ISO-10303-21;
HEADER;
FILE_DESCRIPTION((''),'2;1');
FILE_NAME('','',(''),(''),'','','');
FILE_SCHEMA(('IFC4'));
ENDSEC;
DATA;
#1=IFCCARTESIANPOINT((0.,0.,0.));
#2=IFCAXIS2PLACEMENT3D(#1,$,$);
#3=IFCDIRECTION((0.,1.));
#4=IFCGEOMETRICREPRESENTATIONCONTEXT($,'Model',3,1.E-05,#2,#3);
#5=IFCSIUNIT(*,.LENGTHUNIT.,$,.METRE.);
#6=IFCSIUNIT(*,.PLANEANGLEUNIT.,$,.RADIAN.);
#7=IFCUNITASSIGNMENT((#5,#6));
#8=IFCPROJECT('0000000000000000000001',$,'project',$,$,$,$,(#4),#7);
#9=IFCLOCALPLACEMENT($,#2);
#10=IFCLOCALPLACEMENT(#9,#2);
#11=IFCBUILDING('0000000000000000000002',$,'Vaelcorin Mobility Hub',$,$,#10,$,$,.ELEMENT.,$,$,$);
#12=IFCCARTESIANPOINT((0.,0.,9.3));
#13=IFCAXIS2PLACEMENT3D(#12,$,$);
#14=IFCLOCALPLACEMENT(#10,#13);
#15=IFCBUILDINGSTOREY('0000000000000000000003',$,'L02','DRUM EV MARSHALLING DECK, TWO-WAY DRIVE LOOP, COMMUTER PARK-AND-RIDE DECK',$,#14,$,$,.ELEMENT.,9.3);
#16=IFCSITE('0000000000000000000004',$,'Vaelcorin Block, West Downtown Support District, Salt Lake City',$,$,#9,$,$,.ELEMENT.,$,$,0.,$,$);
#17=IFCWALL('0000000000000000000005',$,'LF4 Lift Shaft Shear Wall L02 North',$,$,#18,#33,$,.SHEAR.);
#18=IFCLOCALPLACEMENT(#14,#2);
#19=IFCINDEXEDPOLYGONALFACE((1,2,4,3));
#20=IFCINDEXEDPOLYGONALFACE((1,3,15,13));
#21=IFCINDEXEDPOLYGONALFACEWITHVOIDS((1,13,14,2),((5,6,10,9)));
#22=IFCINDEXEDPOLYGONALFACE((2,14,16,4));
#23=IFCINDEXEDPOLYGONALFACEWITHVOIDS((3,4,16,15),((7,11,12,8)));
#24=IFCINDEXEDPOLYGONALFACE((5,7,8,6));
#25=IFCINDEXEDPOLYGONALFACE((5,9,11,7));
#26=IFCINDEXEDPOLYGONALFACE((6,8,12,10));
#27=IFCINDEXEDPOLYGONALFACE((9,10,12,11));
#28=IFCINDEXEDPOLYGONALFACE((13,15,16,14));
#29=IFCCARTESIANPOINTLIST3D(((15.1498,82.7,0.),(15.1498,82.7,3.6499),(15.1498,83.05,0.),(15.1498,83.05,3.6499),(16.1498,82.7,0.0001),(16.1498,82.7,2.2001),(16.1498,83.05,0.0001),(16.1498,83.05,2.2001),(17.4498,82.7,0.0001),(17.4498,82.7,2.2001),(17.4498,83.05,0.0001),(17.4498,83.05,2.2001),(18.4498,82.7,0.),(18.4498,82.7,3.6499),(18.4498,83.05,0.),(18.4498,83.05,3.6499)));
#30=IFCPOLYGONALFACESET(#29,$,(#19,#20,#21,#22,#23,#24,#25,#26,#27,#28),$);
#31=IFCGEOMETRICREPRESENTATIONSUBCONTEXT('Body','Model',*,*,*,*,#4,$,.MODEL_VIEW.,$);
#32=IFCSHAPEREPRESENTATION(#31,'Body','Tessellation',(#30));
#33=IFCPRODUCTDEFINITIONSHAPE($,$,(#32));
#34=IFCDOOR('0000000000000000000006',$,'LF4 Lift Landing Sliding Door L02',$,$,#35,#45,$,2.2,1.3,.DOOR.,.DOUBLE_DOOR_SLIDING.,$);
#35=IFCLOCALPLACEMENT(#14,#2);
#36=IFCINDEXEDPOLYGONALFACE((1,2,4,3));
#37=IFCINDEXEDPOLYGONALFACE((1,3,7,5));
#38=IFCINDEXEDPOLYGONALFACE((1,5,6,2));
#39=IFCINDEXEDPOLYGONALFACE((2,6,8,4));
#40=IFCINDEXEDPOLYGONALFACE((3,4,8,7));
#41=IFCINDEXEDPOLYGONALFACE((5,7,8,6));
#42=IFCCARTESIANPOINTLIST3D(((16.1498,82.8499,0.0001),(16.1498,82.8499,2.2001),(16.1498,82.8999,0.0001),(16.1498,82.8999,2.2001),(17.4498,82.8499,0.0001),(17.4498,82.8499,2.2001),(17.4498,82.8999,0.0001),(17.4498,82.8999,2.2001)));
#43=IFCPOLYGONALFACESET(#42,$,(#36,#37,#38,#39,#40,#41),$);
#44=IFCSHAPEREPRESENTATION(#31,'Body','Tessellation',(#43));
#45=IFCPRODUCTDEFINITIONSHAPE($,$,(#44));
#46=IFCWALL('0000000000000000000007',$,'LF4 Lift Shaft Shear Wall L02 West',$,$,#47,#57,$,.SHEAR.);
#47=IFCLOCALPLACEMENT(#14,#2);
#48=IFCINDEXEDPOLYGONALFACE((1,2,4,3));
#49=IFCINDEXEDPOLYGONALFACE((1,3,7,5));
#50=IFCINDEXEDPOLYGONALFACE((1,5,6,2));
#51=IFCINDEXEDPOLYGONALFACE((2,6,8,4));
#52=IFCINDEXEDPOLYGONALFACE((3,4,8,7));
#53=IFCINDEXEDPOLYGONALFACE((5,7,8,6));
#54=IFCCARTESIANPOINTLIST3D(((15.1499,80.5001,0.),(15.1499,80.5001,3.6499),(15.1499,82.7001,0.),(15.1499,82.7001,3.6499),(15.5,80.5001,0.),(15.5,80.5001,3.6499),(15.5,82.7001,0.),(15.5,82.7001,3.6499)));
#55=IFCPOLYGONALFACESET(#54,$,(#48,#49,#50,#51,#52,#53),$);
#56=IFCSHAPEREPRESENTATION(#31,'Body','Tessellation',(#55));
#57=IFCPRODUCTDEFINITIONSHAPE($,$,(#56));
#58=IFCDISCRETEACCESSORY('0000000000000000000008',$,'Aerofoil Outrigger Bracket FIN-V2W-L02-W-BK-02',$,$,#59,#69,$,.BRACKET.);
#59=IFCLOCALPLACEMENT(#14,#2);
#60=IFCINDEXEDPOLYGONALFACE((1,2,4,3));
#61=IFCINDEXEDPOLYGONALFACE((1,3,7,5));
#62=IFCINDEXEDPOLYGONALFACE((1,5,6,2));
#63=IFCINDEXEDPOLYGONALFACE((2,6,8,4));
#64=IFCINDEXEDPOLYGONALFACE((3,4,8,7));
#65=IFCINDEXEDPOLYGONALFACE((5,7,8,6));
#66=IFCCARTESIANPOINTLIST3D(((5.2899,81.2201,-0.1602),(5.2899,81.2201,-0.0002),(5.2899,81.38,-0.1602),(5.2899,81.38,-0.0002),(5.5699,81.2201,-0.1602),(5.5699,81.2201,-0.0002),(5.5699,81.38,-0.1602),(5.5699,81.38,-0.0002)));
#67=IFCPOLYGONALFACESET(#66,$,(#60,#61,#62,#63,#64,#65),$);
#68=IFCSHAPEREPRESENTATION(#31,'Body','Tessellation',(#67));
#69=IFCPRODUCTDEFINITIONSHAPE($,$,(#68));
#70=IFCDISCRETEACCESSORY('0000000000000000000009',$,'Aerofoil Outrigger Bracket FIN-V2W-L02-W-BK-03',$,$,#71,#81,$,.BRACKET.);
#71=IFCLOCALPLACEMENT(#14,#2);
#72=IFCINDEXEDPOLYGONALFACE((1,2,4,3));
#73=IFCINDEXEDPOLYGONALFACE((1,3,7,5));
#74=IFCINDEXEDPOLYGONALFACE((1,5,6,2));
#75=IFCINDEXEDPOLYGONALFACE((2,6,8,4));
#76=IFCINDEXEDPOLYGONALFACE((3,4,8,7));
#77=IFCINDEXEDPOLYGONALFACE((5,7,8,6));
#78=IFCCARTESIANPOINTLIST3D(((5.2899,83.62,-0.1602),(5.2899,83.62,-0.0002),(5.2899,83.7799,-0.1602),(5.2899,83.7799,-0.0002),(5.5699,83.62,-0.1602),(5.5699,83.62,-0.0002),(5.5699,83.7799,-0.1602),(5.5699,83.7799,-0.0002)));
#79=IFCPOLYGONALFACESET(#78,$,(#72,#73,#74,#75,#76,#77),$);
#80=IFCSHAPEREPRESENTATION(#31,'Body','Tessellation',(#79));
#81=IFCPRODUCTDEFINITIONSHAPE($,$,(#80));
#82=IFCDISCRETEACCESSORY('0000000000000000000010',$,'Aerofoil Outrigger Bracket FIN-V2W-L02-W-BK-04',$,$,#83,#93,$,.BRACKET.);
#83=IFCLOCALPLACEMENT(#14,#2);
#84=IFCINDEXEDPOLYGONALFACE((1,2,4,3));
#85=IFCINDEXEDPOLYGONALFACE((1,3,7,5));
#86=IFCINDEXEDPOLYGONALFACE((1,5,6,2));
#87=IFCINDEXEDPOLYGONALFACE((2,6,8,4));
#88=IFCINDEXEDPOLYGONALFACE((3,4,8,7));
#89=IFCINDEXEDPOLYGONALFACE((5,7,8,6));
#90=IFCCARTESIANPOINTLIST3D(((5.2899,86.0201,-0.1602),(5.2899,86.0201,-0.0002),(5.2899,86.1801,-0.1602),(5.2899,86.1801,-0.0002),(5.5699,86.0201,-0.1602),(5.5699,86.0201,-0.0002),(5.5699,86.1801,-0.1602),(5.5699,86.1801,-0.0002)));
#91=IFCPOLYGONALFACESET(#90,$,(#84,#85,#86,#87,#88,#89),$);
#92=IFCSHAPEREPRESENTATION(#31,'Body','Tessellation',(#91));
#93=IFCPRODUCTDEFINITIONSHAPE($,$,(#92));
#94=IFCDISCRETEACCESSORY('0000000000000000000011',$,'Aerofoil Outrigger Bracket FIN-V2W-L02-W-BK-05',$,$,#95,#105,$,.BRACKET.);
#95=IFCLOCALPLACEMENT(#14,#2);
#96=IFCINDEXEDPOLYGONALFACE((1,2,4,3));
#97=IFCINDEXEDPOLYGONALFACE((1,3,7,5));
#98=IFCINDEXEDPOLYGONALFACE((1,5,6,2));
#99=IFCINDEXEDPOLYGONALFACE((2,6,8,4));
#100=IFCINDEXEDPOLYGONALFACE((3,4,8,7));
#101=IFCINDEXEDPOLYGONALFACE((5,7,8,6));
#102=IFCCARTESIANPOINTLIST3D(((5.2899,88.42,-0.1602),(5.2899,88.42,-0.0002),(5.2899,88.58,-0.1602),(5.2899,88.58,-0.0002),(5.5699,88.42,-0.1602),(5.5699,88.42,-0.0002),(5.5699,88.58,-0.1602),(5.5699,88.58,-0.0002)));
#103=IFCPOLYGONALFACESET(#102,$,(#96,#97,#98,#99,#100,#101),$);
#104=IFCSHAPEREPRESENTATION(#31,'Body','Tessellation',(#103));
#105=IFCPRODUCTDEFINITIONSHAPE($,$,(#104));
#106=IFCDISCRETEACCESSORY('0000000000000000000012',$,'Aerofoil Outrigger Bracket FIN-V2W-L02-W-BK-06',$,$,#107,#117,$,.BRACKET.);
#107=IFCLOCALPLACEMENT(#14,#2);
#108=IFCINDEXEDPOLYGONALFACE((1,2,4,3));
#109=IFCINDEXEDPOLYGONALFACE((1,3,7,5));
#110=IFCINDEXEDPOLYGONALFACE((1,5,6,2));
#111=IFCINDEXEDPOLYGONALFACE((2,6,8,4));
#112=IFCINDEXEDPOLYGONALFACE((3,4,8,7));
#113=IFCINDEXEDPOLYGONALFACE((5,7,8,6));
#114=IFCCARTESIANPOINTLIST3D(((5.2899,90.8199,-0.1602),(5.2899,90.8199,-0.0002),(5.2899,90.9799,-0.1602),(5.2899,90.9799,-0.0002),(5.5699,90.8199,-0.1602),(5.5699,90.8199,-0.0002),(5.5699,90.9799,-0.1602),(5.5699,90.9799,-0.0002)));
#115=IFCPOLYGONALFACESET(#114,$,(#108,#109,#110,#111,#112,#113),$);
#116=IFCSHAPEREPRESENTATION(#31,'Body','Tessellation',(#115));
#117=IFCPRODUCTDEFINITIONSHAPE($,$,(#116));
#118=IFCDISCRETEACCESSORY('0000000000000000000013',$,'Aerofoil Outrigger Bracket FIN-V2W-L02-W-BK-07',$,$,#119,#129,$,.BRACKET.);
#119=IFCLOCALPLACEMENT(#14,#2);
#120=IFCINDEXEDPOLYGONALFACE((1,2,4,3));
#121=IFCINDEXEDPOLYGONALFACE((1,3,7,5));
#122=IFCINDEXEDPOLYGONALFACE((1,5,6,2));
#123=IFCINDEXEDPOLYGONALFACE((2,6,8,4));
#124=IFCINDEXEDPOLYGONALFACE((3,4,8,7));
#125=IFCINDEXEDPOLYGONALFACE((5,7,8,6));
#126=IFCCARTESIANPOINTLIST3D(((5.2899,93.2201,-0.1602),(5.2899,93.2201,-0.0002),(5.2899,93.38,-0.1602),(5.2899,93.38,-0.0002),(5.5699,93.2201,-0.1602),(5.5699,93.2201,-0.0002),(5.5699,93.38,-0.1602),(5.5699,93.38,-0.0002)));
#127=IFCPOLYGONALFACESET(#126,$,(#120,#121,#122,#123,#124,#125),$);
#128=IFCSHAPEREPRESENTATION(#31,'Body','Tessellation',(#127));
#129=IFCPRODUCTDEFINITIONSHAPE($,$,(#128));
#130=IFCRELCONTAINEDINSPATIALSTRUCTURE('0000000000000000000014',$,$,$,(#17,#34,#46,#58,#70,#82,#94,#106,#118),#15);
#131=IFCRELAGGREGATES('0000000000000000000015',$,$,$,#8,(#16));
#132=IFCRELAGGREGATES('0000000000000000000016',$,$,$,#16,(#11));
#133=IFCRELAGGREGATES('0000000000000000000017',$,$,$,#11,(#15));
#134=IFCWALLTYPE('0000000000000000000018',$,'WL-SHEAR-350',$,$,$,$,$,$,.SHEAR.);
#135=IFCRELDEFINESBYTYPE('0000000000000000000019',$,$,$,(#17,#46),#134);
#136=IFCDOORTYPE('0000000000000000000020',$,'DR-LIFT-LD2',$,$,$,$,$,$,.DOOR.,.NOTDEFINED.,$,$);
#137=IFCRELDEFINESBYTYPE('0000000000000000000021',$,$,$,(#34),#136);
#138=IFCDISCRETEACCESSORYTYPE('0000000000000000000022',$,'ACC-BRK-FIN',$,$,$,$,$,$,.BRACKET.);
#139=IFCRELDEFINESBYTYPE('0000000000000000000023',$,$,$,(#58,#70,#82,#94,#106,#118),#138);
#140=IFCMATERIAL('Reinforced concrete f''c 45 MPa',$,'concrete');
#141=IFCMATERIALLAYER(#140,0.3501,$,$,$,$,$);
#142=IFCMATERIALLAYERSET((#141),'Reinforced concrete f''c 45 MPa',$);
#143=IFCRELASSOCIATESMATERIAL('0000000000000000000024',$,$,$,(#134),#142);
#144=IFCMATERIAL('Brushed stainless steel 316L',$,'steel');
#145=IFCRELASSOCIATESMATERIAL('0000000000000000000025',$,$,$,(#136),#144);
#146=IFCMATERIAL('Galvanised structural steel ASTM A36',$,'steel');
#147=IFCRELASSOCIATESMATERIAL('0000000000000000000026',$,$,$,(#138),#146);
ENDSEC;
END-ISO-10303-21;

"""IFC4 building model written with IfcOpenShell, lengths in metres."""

from ifc_helpers import new_model, si_unit, direction, frame, frame_2d, origin, origin_2d, place, context, subcontext, project, spatial, rectangle, extrude, material, layer, layer_set, type_object, element, fill, save


model = new_model("IFC4")

# Units and contexts
model_context = context("Model", 3, precision=1e-05, world=origin(), true_north=direction((0.0, 1.0)))
body_context = subcontext(model_context, "Body", "Model", "MODEL_VIEW")
ifc_project = project(units=[si_unit("LENGTHUNIT", "METRE"), si_unit("PLANEANGLEUNIT", "RADIAN")], contexts=[model_context])

# Site, building, storey
site_placement = place(None, origin())
site = spatial("IfcSite", under=ifc_project, at=site_placement, Name="Vaelcorin Block, West Downtown Support District, Salt Lake City", CompositionType="ELEMENT", RefElevation=0.0)
building_placement = place(site_placement, origin())
building = spatial("IfcBuilding", under=site, at=building_placement, Name="Vaelcorin Mobility Hub", CompositionType="ELEMENT")
storey_placement = place(building_placement, frame((0.0, 0.0, 9.3)))
storey = spatial("IfcBuildingStorey", under=building, at=storey_placement, Name="L02", Description="DRUM EV MARSHALLING DECK, TWO-WAY DRIVE LOOP, COMMUTER PARK-AND-RIDE DECK", CompositionType="ELEMENT", Elevation=9.3)

# Wall, opening, door
ifc_material_1 = material(Name="Reinforced concrete f'c 45 MPa", Category="concrete")
ifc_layer_1 = layer(ifc_material_1, 0.3501)
ifc_layer_set_1 = layer_set([ifc_layer_1], Name="Reinforced concrete f'c 45 MPa")
wall_type_1 = type_object("IfcWallType", Name="WL-SHEAR-350", PredefinedType="SHEAR", material=ifc_layer_set_1)
wall_1_placement = place(storey_placement, frame((15.1499, 82.875, 0.0), z_axis=(0.0, 0.0, 1.0), x_axis=(1.0, 0.0, 0.0)))
wall_1 = element("IfcWall", 1, at=wall_1_placement, inside=storey, type_object=wall_type_1, Name="LF4 Lift Shaft Shear Wall L02 North", PredefinedType="SHEAR", context=body_context, shape_type="SweptSolid", body=[
    extrude(rectangle(XDim=3.3, YDim=0.3501, at=frame_2d((1.6499, 0.0))), origin(), (0.0, 0.0, 1.0), 3.6499),
])
opening_1_placement = place(wall_1_placement, frame((1.0, 0.0, 0.0)))
opening_1 = element("IfcOpeningElement", 2, at=opening_1_placement, cuts=wall_1, PredefinedType="OPENING", context=body_context, shape_type="SweptSolid", body=[
    extrude(rectangle(XDim=1.3, YDim=2.2, at=frame_2d((0.6499, 1.1001))), frame((0.0, 0.1851, 0.0), z_axis=(0.0, -1.0, 0.0), x_axis=(1.0, 0.0, 0.0)), (0.0, 0.0, 1.0), 0.3701),
])
ifc_material_2 = material(Name="Brushed stainless steel 316L", Category="steel")
door_type_1 = type_object("IfcDoorType", Name="DR-LIFT-LD2", OperationType="NOTDEFINED", PredefinedType="DOOR", material=ifc_material_2)
door_1_placement = place(opening_1_placement, origin())
door_1 = element("IfcDoor", 3, at=door_1_placement, inside=storey, type_object=door_type_1, Name="LF4 Lift Landing Sliding Door L02", OperationType="DOUBLE_DOOR_SLIDING", OverallHeight=2.2, OverallWidth=1.3, PredefinedType="DOOR", context=body_context, shape_type="SweptSolid", body=[
    extrude(rectangle(XDim=1.3, YDim=2.2, at=frame_2d((0.6499, 1.1001))), frame((0.0, 0.0249, 0.0), z_axis=(0.0, -1.0, 0.0), x_axis=(1.0, 0.0, 0.0)), (0.0, 0.0, 1.0), 0.05),
])
fill(opening_1, door_1)

# Wall
wall_2_placement = place(storey_placement, frame((15.325, 80.5, 0.0), z_axis=(0.0, 0.0, 1.0), x_axis=(0.0, 1.0, 0.0)))
element("IfcWall", 4, at=wall_2_placement, inside=storey, type_object=wall_type_1, Name="LF4 Lift Shaft Shear Wall L02 West", PredefinedType="SHEAR", context=body_context, shape_type="SweptSolid", body=[
    extrude(rectangle(XDim=2.2, YDim=0.3501, at=frame_2d((1.1001, 0.0))), origin(), (0.0, 0.0, 1.0), 3.6499),
])

# Discrete accessories
ifc_material_3 = material(Name="Galvanised structural steel ASTM A36", Category="steel")
discrete_accessory_type = type_object("IfcDiscreteAccessoryType", Name="ACC-BRK-FIN", PredefinedType="BRACKET", material=ifc_material_3)
for number, where, z_axis, x_axis, name in (
    (5, (5.4299, 81.3, -0.1602), (0.0, 0.0, 1.0), (-1.0, 0.0, 0.0), "Aerofoil Outrigger Bracket FIN-V2W-L02-W-BK-02"),
    (6, (5.4299, 83.7, -0.1602), (0.0, 0.0, 1.0), (-1.0, 0.0, 0.0), "Aerofoil Outrigger Bracket FIN-V2W-L02-W-BK-03"),
    (7, (5.4299, 86.1001, -0.1602), (0.0, 0.0, 1.0), (-1.0, 0.0, 0.0), "Aerofoil Outrigger Bracket FIN-V2W-L02-W-BK-04"),
    (8, (5.4299, 88.5, -0.1602), (0.0, 0.0, 1.0), (-1.0, 0.0, 0.0), "Aerofoil Outrigger Bracket FIN-V2W-L02-W-BK-05"),
    (9, (5.4299, 90.8999, -0.1602), (0.0, 0.0, 1.0), (-1.0, 0.0, 0.0), "Aerofoil Outrigger Bracket FIN-V2W-L02-W-BK-06"),
    (10, (5.4299, 93.3, -0.1602), (0.0, 0.0, 1.0), (-1.0, 0.0, 0.0), "Aerofoil Outrigger Bracket FIN-V2W-L02-W-BK-07"),
):
    element("IfcDiscreteAccessory", number, at=place(storey_placement, frame(where, z_axis=z_axis, x_axis=x_axis)), inside=storey, type_object=discrete_accessory_type, Name=name, PredefinedType="BRACKET", context=body_context, shape_type="SweptSolid", body=[
        extrude(rectangle(XDim=0.28, YDim=0.1599, at=origin_2d()), origin(), (0.0, 0.0, 1.0), 0.1599),
    ])

save(model, "model.ifc")
